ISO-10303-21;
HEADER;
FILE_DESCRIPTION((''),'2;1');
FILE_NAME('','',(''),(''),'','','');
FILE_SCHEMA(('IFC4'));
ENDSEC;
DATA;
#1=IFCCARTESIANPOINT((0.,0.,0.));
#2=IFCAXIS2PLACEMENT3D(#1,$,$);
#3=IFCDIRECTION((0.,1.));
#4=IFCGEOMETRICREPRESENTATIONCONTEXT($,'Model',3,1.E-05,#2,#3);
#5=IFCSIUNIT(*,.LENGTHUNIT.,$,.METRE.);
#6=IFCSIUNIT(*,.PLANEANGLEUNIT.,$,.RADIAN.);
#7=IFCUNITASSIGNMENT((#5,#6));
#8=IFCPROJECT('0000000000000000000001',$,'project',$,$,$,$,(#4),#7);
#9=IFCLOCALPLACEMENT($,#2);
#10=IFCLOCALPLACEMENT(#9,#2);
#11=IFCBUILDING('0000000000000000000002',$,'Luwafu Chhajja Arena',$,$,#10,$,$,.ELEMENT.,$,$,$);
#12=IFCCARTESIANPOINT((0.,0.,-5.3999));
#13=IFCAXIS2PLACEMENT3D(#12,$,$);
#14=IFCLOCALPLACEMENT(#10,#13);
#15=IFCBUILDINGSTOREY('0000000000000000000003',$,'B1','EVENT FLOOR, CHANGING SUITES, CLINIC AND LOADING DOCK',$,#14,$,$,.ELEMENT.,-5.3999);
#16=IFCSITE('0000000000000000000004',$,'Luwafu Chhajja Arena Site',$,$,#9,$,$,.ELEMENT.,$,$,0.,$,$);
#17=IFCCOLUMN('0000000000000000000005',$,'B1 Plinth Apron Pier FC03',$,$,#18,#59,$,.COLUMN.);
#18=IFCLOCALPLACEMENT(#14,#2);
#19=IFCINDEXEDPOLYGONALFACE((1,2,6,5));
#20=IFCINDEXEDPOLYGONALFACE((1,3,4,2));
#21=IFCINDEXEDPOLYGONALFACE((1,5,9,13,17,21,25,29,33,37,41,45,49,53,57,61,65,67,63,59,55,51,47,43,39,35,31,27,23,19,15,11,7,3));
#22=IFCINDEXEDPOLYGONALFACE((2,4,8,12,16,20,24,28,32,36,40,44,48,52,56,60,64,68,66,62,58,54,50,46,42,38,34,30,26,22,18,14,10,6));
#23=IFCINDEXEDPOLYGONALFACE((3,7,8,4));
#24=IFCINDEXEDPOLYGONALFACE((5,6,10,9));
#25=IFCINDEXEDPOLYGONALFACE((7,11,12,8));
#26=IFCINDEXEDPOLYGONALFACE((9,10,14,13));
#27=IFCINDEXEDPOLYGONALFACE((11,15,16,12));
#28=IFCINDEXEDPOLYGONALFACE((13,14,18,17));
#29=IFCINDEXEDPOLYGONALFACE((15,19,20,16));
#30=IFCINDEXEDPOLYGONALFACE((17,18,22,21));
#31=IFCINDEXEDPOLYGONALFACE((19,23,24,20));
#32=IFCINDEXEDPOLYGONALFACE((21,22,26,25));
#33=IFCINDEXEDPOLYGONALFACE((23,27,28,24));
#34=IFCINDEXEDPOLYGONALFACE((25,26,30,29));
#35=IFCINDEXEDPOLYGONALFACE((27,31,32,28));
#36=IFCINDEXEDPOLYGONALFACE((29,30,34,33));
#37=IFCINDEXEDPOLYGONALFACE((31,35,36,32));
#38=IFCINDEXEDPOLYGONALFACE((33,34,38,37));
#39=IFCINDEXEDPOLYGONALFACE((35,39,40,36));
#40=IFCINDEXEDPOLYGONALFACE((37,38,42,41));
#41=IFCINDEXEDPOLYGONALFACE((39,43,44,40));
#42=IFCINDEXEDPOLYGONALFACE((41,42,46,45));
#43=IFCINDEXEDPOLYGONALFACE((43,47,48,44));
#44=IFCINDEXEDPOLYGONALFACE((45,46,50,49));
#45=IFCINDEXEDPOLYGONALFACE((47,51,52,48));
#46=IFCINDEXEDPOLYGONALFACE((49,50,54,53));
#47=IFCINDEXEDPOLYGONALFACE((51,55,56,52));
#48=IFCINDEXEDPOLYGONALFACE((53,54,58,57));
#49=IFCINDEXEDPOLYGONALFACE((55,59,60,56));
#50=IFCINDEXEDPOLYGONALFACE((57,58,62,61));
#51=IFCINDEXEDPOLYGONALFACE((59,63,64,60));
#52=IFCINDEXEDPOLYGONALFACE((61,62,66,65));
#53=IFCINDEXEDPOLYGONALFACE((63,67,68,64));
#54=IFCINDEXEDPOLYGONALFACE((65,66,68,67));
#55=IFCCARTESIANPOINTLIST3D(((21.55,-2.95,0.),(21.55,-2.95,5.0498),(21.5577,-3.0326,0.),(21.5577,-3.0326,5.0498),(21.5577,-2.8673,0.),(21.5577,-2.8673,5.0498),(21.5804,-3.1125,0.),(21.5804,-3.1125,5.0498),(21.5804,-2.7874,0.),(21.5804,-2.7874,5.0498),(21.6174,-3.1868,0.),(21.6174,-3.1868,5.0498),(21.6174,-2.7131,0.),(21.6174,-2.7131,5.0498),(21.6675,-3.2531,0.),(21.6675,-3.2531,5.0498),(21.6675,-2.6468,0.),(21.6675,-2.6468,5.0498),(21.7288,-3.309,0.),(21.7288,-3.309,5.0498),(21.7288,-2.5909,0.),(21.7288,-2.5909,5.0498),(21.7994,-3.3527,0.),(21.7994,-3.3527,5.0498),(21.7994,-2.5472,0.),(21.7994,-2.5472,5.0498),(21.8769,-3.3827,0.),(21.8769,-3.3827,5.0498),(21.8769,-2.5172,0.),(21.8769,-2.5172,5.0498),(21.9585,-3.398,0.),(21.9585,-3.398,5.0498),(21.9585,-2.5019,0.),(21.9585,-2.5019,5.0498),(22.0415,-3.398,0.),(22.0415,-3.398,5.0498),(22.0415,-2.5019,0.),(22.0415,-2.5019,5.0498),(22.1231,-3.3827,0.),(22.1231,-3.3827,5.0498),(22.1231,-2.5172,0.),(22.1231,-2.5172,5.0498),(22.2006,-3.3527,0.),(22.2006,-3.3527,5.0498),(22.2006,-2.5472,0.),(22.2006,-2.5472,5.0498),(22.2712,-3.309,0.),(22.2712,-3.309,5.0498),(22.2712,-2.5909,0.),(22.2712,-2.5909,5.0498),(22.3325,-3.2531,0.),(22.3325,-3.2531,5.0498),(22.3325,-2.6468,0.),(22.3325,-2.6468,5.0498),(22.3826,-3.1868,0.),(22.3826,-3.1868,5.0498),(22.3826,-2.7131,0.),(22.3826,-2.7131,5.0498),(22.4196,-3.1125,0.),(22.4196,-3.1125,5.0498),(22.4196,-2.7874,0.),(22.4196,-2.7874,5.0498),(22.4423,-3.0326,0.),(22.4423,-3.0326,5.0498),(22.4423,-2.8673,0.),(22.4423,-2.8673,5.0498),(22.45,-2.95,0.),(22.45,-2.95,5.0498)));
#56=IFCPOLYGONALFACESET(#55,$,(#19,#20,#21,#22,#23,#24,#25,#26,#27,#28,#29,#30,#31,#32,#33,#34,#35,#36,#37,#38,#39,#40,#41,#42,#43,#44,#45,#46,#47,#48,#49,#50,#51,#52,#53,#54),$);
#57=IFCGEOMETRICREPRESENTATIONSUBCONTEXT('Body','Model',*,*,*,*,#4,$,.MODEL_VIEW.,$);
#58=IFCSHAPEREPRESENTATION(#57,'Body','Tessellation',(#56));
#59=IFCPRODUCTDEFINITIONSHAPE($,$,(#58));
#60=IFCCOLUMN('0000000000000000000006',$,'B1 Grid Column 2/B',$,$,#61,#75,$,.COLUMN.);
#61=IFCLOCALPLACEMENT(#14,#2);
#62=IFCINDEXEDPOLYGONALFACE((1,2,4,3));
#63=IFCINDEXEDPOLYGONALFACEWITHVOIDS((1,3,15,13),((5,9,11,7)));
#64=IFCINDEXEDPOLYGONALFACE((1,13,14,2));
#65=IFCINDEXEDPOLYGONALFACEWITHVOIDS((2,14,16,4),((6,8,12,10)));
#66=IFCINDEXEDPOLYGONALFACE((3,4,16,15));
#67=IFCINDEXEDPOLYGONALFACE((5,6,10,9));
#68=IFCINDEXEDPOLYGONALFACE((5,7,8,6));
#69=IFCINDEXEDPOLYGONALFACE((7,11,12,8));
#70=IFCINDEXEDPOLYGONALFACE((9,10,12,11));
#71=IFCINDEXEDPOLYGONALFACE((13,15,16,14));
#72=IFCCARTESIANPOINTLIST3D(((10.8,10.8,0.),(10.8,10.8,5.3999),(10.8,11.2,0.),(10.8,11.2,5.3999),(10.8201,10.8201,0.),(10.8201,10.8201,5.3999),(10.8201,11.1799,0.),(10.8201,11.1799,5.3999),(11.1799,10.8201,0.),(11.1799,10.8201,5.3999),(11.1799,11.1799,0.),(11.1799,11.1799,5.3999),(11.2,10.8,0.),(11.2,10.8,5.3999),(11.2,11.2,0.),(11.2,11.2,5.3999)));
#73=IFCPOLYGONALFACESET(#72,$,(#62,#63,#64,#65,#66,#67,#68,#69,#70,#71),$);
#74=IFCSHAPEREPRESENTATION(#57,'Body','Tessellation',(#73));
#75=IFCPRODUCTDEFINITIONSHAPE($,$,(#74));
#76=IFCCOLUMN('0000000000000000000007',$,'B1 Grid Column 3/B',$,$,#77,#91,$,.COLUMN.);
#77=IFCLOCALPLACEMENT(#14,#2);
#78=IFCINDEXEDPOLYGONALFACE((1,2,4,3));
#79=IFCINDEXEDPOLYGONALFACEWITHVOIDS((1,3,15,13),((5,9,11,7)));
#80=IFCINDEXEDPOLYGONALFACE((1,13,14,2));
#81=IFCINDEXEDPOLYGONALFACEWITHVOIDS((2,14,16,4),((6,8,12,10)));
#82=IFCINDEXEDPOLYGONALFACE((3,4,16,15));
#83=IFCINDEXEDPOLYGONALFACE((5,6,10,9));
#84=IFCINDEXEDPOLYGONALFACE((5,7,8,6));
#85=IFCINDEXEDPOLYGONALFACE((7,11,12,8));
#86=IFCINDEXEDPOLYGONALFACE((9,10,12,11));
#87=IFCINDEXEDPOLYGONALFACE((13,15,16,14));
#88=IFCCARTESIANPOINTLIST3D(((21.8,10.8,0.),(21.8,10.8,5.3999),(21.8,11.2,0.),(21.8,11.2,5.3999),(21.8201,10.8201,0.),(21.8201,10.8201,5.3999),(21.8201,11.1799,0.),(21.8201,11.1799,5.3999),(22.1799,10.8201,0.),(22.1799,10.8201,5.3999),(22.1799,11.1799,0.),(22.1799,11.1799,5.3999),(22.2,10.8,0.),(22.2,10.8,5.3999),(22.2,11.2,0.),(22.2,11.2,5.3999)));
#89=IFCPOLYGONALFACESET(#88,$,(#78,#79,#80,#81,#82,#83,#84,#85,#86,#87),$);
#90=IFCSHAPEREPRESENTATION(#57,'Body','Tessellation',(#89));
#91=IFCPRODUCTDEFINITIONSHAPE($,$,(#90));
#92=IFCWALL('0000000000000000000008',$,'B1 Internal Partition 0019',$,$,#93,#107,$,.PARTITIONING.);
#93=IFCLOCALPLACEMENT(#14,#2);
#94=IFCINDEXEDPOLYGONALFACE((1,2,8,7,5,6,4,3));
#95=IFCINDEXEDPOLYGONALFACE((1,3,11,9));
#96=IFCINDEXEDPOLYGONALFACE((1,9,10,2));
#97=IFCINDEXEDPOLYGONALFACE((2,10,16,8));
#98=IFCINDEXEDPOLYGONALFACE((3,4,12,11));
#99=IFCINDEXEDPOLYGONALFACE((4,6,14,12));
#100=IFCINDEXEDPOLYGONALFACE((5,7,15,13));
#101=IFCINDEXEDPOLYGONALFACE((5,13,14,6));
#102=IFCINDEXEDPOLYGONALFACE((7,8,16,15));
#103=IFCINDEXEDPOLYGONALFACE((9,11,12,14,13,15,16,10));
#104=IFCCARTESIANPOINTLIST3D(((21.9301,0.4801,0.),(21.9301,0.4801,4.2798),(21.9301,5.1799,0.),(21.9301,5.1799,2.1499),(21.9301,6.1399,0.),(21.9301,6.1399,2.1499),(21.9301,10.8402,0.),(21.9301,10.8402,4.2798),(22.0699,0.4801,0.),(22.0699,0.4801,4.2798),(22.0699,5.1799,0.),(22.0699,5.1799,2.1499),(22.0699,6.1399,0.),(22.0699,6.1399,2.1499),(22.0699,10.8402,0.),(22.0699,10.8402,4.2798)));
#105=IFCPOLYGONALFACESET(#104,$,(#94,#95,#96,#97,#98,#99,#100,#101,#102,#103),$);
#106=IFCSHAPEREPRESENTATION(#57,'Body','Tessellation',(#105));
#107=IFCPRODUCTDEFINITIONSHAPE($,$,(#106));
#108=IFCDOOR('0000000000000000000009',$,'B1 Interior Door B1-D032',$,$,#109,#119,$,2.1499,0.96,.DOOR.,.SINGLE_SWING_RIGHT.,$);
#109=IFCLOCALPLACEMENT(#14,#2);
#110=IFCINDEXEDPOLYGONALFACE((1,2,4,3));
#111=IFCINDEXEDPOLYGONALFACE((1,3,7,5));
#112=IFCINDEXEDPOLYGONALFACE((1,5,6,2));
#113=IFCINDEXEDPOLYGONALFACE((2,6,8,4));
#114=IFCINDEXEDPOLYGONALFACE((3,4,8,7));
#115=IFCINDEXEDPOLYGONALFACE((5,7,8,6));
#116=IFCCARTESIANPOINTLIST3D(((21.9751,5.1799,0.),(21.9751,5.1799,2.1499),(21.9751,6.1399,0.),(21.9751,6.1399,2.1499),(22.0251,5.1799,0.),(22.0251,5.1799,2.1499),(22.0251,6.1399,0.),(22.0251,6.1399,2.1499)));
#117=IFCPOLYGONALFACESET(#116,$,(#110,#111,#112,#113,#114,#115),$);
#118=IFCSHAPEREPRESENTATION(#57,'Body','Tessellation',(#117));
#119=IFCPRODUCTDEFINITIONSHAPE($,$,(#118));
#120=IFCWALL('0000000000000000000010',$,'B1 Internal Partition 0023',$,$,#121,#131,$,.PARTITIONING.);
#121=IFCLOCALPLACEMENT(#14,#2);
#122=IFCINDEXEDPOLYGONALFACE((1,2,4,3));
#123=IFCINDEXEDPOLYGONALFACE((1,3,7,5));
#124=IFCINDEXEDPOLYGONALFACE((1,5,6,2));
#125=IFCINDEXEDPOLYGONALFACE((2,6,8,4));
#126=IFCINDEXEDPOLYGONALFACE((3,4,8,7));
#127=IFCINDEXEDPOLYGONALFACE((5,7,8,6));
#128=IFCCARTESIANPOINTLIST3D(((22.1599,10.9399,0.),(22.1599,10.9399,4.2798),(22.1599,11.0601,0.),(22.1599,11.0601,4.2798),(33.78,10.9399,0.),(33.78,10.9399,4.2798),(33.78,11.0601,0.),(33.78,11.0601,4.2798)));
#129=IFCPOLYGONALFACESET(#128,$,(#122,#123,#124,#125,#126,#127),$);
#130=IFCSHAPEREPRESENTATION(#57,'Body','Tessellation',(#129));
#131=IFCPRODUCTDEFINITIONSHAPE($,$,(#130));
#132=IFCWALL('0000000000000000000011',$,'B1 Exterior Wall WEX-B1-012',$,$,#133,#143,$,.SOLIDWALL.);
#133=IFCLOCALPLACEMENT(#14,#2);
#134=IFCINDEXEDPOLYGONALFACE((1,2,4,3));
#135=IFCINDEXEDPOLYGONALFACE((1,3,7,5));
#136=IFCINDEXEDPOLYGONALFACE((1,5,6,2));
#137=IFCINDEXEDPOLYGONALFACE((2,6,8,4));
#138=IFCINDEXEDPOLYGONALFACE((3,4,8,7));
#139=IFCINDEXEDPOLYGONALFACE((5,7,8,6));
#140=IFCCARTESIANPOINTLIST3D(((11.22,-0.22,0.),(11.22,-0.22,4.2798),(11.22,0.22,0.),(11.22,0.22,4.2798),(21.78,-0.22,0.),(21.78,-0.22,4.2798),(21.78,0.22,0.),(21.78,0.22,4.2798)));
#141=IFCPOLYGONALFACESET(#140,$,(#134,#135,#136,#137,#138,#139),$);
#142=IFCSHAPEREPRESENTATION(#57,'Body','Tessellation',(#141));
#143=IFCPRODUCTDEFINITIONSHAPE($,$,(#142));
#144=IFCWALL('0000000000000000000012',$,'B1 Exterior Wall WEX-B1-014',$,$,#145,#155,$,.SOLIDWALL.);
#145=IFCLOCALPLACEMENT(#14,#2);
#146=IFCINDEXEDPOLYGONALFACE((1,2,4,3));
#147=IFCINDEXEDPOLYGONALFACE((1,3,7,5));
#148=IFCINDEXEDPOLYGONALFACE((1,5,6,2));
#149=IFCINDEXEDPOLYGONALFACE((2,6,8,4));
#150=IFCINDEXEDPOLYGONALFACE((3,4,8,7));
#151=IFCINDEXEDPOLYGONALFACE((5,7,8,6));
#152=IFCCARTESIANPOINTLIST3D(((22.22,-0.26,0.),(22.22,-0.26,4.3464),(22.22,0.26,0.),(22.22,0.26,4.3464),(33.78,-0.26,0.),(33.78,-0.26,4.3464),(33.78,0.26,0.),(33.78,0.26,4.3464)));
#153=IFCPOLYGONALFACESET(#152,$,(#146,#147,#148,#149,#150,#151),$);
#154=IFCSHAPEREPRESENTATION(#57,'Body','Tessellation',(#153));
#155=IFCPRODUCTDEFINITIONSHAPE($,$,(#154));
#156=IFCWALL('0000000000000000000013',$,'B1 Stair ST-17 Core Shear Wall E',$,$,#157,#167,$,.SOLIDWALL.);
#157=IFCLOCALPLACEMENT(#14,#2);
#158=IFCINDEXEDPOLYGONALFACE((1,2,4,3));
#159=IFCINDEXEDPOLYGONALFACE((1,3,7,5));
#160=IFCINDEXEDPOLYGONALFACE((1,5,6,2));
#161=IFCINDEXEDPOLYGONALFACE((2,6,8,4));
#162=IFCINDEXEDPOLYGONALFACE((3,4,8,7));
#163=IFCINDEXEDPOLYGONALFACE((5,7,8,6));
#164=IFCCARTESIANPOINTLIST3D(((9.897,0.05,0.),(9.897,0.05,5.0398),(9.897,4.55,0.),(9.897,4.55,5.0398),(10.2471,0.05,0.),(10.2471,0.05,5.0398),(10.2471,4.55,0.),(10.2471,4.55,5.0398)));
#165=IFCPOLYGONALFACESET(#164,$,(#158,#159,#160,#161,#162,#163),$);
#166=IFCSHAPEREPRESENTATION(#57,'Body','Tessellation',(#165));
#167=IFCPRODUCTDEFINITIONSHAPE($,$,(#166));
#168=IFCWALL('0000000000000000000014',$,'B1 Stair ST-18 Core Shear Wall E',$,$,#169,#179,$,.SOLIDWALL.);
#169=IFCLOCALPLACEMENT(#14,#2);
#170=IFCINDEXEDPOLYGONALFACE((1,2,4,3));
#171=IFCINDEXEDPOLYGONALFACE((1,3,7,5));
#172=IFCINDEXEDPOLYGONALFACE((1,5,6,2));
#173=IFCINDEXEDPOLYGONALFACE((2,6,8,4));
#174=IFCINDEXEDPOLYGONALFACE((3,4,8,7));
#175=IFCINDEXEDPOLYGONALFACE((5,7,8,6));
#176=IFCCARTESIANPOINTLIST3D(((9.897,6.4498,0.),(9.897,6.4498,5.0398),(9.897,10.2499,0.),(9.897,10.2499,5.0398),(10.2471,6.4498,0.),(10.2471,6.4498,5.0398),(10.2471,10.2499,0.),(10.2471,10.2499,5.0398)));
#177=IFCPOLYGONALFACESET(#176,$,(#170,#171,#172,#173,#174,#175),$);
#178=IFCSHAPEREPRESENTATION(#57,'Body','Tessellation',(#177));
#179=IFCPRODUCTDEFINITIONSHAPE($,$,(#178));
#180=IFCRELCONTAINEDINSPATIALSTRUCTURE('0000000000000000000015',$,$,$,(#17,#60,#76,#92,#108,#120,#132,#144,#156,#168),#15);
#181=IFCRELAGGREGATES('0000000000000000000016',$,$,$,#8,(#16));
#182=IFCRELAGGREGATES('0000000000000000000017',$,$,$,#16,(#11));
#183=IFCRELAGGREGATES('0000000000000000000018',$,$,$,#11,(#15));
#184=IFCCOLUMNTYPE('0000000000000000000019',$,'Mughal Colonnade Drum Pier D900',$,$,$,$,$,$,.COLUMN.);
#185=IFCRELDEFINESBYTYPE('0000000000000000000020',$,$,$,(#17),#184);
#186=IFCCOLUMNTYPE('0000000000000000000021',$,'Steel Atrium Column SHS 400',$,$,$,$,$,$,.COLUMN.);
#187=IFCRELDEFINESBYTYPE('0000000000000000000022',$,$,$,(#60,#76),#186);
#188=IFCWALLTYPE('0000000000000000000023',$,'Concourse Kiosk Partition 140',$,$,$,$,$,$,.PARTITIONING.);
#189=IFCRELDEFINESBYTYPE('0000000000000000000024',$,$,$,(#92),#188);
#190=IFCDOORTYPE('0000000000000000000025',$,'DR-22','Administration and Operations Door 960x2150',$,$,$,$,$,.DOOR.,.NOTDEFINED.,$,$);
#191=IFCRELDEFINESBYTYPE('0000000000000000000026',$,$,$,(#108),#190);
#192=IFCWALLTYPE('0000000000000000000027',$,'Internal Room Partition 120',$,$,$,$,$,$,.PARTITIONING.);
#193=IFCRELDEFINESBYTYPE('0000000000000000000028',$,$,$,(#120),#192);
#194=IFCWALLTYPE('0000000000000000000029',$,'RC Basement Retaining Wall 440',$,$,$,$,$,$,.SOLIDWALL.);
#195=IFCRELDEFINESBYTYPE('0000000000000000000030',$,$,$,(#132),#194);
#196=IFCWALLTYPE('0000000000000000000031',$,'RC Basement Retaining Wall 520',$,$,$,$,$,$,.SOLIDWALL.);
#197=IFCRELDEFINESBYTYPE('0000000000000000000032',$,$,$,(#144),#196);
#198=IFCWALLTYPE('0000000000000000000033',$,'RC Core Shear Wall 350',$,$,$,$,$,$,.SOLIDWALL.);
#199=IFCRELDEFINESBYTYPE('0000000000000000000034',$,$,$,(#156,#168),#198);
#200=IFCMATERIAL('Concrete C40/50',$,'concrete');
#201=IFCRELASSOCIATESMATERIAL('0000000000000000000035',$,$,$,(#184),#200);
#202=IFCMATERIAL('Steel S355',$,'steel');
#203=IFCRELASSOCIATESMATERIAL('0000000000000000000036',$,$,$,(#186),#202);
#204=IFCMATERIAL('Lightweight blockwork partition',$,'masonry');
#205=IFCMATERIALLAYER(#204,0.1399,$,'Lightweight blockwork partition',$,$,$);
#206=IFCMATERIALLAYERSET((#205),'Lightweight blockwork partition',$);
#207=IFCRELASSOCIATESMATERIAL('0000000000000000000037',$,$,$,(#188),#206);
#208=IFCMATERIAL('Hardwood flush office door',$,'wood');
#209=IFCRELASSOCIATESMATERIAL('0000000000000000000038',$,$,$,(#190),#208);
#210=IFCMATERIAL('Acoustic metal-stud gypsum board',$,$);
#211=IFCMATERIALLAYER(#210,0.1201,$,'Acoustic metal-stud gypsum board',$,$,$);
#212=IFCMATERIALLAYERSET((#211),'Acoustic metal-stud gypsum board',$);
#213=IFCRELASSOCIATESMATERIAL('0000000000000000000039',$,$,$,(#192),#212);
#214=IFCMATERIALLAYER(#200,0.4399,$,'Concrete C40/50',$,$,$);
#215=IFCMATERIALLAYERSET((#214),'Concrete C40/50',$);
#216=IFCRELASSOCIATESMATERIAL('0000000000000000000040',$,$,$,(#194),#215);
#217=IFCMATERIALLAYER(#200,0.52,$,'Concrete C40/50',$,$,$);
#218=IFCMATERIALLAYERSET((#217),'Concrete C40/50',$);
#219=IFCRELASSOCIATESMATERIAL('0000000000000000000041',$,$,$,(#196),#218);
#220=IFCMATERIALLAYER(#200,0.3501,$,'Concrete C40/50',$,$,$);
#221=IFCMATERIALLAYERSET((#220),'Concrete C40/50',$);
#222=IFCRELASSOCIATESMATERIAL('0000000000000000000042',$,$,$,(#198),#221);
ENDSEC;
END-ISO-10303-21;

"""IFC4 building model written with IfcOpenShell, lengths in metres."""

from ifc_helpers import new_model, si_unit, direction, frame, frame_2d, origin, origin_2d, place, context, subcontext, project, spatial, rectangle, hollow_rectangle, circle, extrude, material, layer, layer_set, material_profile, profile_set, type_object, element, fill, save


model = new_model("IFC4")

# Units and contexts
model_context = context("Model", 3, precision=1e-05, world=origin(), true_north=direction((0.0, 1.0)))
body_context = subcontext(model_context, "Body", "Model", "MODEL_VIEW")
ifc_project = project(units=[si_unit("LENGTHUNIT", "METRE"), si_unit("PLANEANGLEUNIT", "RADIAN")], contexts=[model_context])

# Site, building, storey
site_placement = place(None, origin())
site = spatial("IfcSite", under=ifc_project, at=site_placement, Name="Luwafu Chhajja Arena Site", CompositionType="ELEMENT", RefElevation=0.0)
building_placement = place(site_placement, origin())
building = spatial("IfcBuilding", under=site, at=building_placement, Name="Luwafu Chhajja Arena", CompositionType="ELEMENT")
storey_placement = place(building_placement, frame((0.0, 0.0, -5.3999)))
storey = spatial("IfcBuildingStorey", under=building, at=storey_placement, Name="B1", Description="EVENT FLOOR, CHANGING SUITES, CLINIC AND LOADING DOCK", CompositionType="ELEMENT", Elevation=-5.3999)

# Columns
ifc_material_1 = material(Name="Concrete C40/50", Category="concrete")
ifc_material_profile_1 = material_profile(ifc_material_1, circle(Radius=0.45, at=origin_2d()), Name="RC COL D900")
ifc_profile_set_1 = profile_set([ifc_material_profile_1], Name="Concrete C40/50")
column_type_1 = type_object("IfcColumnType", Name="Mughal Colonnade Drum Pier D900", PredefinedType="COLUMN", material=ifc_profile_set_1)
for number, where, z_axis, x_axis, name in (
    (1, (22.0, -2.95, 0.0), (0.0, 0.0, 1.0), (1.0, 0.0, 0.0), "B1 Plinth Apron Pier FC03"),
):
    element("IfcColumn", number, at=place(storey_placement, frame(where, z_axis=z_axis, x_axis=x_axis)), inside=storey, type_object=column_type_1, Name=name, PredefinedType="COLUMN", context=body_context, shape_type="SweptSolid", body=[
        extrude(circle(Radius=0.45, at=origin_2d()), origin(), (0.0, 0.0, 1.0), 5.0498),
    ])
ifc_material_2 = material(Name="Steel S355", Category="steel")
ifc_material_profile_2 = material_profile(ifc_material_2, hollow_rectangle(XDim=0.3999, YDim=0.3999, WallThickness=0.02, at=origin_2d()), Name="SHS 400x400x20")
ifc_profile_set_2 = profile_set([ifc_material_profile_2], Name="Steel S355")
column_type_2 = type_object("IfcColumnType", Name="Steel Atrium Column SHS 400", PredefinedType="COLUMN", material=ifc_profile_set_2)
for number, where, z_axis, x_axis, name in (
    (2, (11.0, 11.0, 0.0), (0.0, 0.0, 1.0), (1.0, 0.0, 0.0), "B1 Grid Column 2/B"),
    (3, (22.0, 11.0, 0.0), (0.0, 0.0, 1.0), (1.0, 0.0, 0.0), "B1 Grid Column 3/B"),
):
    element("IfcColumn", number, at=place(storey_placement, frame(where, z_axis=z_axis, x_axis=x_axis)), inside=storey, type_object=column_type_2, Name=name, PredefinedType="COLUMN", context=body_context, shape_type="SweptSolid", body=[
        extrude(hollow_rectangle(XDim=0.3999, YDim=0.3999, WallThickness=0.02, at=origin_2d()), origin(), (0.0, 0.0, 1.0), 5.3999),
    ])

# Wall, opening, door
ifc_material_3 = material(Name="Lightweight blockwork partition", Category="masonry")
ifc_layer_1 = layer(ifc_material_3, 0.1399, Name="Lightweight blockwork partition")
ifc_layer_set_1 = layer_set([ifc_layer_1], Name="Lightweight blockwork partition")
wall_type_1 = type_object("IfcWallType", Name="Concourse Kiosk Partition 140", PredefinedType="PARTITIONING", material=ifc_layer_set_1)
wall_1_placement = place(storey_placement, frame((22.0, 0.48, 0.0), z_axis=(0.0, 0.0, 1.0), x_axis=(0.0, 1.0, 0.0)))
wall_1 = element("IfcWall", 4, at=wall_1_placement, inside=storey, type_object=wall_type_1, Name="B1 Internal Partition 0019", PredefinedType="PARTITIONING", context=body_context, shape_type="SweptSolid", body=[
    extrude(rectangle(XDim=10.3601, YDim=0.1399, at=frame_2d((5.1802, 0.0))), origin(), (0.0, 0.0, 1.0), 4.2798),
])
opening_placement = place(wall_1_placement, frame((4.7, 0.0, 0.0)))
opening = element("IfcOpeningElement", 5, at=opening_placement, cuts=wall_1, PredefinedType="OPENING", context=body_context, shape_type="SweptSolid", body=[
    extrude(rectangle(XDim=0.96, YDim=2.1499, at=frame_2d((0.48, 1.075))), frame((0.0, 0.0798, 0.0), z_axis=(0.0, -1.0, 0.0), x_axis=(1.0, 0.0, 0.0)), (0.0, 0.0, 1.0), 0.1599),
])
ifc_material_4 = material(Name="Hardwood flush office door", Category="wood")
door_type = type_object("IfcDoorType", Name="DR-22", Description="Administration and Operations Door 960x2150", OperationType="NOTDEFINED", PredefinedType="DOOR", material=ifc_material_4)
door_placement = place(opening_placement, origin())
door = element("IfcDoor", 6, at=door_placement, inside=storey, type_object=door_type, Name="B1 Interior Door B1-D032", OperationType="SINGLE_SWING_RIGHT", OverallHeight=2.1499, OverallWidth=0.96, PredefinedType="DOOR", context=body_context, shape_type="SweptSolid", body=[
    extrude(rectangle(XDim=0.96, YDim=2.1499, at=frame_2d((0.48, 1.075))), frame((0.0, 0.0249, 0.0), z_axis=(0.0, -1.0, 0.0), x_axis=(1.0, 0.0, 0.0)), (0.0, 0.0, 1.0), 0.05),
])
fill(opening, door)

# Walls
ifc_material_5 = material(Name="Acoustic metal-stud gypsum board")
ifc_layer_2 = layer(ifc_material_5, 0.1201, Name="Acoustic metal-stud gypsum board")
ifc_layer_set_2 = layer_set([ifc_layer_2], Name="Acoustic metal-stud gypsum board")
wall_type_2 = type_object("IfcWallType", Name="Internal Room Partition 120", PredefinedType="PARTITIONING", material=ifc_layer_set_2)
wall_2_placement = place(storey_placement, frame((22.1599, 11.0, 0.0), z_axis=(0.0, 0.0, 1.0), x_axis=(1.0, 0.0, 0.0)))
element("IfcWall", 7, at=wall_2_placement, inside=storey, type_object=wall_type_2, Name="B1 Internal Partition 0023", PredefinedType="PARTITIONING", context=body_context, shape_type="SweptSolid", body=[
    extrude(rectangle(XDim=11.6201, YDim=0.1201, at=frame_2d((5.8101, 0.0))), origin(), (0.0, 0.0, 1.0), 4.2798),
])
ifc_layer_3 = layer(ifc_material_1, 0.4399, Name="Concrete C40/50")
ifc_layer_set_3 = layer_set([ifc_layer_3], Name="Concrete C40/50")
wall_type_3 = type_object("IfcWallType", Name="RC Basement Retaining Wall 440", PredefinedType="SOLIDWALL", material=ifc_layer_set_3)
wall_3_placement = place(storey_placement, frame((11.22, 0.0, 0.0), z_axis=(0.0, 0.0, 1.0), x_axis=(1.0, 0.0, 0.0)))
element("IfcWall", 8, at=wall_3_placement, inside=storey, type_object=wall_type_3, Name="B1 Exterior Wall WEX-B1-012", PredefinedType="SOLIDWALL", context=body_context, shape_type="SweptSolid", body=[
    extrude(rectangle(XDim=10.5601, YDim=0.4399, at=frame_2d((5.28, 0.0))), origin(), (0.0, 0.0, 1.0), 4.2798),
])
ifc_layer_4 = layer(ifc_material_1, 0.52, Name="Concrete C40/50")
ifc_layer_set_4 = layer_set([ifc_layer_4], Name="Concrete C40/50")
wall_type_4 = type_object("IfcWallType", Name="RC Basement Retaining Wall 520", PredefinedType="SOLIDWALL", material=ifc_layer_set_4)
wall_4_placement = place(storey_placement, frame((22.22, 0.0, 0.0), z_axis=(0.0, 0.0, 1.0), x_axis=(1.0, 0.0, 0.0)))
element("IfcWall", 9, at=wall_4_placement, inside=storey, type_object=wall_type_4, Name="B1 Exterior Wall WEX-B1-014", PredefinedType="SOLIDWALL", context=body_context, shape_type="SweptSolid", body=[
    extrude(rectangle(XDim=11.5601, YDim=0.52, at=frame_2d((5.78, 0.0))), origin(), (0.0, 0.0, 1.0), 4.3464),
])
ifc_layer_5 = layer(ifc_material_1, 0.3501, Name="Concrete C40/50")
ifc_layer_set_5 = layer_set([ifc_layer_5], Name="Concrete C40/50")
wall_type_5 = type_object("IfcWallType", Name="RC Core Shear Wall 350", PredefinedType="SOLIDWALL", material=ifc_layer_set_5)
wall_5_placement = place(storey_placement, frame((10.072, 0.05, 0.0), z_axis=(0.0, 0.0, 1.0), x_axis=(0.0, 1.0, 0.0)))
element("IfcWall", 10, at=wall_5_placement, inside=storey, type_object=wall_type_5, Name="B1 Stair ST-17 Core Shear Wall E", PredefinedType="SOLIDWALL", context=body_context, shape_type="SweptSolid", body=[
    extrude(rectangle(XDim=4.5, YDim=0.3501, at=frame_2d((2.25, 0.0))), origin(), (0.0, 0.0, 1.0), 5.0398),
])
wall_6_placement = place(storey_placement, frame((10.072, 6.45, 0.0), z_axis=(0.0, 0.0, 1.0), x_axis=(0.0, 1.0, 0.0)))
element("IfcWall", 11, at=wall_6_placement, inside=storey, type_object=wall_type_5, Name="B1 Stair ST-18 Core Shear Wall E", PredefinedType="SOLIDWALL", context=body_context, shape_type="SweptSolid", body=[
    extrude(rectangle(XDim=3.8, YDim=0.3501, at=frame_2d((1.8999, 0.0))), origin(), (0.0, 0.0, 1.0), 5.0398),
])

save(model, "model.ifc")
